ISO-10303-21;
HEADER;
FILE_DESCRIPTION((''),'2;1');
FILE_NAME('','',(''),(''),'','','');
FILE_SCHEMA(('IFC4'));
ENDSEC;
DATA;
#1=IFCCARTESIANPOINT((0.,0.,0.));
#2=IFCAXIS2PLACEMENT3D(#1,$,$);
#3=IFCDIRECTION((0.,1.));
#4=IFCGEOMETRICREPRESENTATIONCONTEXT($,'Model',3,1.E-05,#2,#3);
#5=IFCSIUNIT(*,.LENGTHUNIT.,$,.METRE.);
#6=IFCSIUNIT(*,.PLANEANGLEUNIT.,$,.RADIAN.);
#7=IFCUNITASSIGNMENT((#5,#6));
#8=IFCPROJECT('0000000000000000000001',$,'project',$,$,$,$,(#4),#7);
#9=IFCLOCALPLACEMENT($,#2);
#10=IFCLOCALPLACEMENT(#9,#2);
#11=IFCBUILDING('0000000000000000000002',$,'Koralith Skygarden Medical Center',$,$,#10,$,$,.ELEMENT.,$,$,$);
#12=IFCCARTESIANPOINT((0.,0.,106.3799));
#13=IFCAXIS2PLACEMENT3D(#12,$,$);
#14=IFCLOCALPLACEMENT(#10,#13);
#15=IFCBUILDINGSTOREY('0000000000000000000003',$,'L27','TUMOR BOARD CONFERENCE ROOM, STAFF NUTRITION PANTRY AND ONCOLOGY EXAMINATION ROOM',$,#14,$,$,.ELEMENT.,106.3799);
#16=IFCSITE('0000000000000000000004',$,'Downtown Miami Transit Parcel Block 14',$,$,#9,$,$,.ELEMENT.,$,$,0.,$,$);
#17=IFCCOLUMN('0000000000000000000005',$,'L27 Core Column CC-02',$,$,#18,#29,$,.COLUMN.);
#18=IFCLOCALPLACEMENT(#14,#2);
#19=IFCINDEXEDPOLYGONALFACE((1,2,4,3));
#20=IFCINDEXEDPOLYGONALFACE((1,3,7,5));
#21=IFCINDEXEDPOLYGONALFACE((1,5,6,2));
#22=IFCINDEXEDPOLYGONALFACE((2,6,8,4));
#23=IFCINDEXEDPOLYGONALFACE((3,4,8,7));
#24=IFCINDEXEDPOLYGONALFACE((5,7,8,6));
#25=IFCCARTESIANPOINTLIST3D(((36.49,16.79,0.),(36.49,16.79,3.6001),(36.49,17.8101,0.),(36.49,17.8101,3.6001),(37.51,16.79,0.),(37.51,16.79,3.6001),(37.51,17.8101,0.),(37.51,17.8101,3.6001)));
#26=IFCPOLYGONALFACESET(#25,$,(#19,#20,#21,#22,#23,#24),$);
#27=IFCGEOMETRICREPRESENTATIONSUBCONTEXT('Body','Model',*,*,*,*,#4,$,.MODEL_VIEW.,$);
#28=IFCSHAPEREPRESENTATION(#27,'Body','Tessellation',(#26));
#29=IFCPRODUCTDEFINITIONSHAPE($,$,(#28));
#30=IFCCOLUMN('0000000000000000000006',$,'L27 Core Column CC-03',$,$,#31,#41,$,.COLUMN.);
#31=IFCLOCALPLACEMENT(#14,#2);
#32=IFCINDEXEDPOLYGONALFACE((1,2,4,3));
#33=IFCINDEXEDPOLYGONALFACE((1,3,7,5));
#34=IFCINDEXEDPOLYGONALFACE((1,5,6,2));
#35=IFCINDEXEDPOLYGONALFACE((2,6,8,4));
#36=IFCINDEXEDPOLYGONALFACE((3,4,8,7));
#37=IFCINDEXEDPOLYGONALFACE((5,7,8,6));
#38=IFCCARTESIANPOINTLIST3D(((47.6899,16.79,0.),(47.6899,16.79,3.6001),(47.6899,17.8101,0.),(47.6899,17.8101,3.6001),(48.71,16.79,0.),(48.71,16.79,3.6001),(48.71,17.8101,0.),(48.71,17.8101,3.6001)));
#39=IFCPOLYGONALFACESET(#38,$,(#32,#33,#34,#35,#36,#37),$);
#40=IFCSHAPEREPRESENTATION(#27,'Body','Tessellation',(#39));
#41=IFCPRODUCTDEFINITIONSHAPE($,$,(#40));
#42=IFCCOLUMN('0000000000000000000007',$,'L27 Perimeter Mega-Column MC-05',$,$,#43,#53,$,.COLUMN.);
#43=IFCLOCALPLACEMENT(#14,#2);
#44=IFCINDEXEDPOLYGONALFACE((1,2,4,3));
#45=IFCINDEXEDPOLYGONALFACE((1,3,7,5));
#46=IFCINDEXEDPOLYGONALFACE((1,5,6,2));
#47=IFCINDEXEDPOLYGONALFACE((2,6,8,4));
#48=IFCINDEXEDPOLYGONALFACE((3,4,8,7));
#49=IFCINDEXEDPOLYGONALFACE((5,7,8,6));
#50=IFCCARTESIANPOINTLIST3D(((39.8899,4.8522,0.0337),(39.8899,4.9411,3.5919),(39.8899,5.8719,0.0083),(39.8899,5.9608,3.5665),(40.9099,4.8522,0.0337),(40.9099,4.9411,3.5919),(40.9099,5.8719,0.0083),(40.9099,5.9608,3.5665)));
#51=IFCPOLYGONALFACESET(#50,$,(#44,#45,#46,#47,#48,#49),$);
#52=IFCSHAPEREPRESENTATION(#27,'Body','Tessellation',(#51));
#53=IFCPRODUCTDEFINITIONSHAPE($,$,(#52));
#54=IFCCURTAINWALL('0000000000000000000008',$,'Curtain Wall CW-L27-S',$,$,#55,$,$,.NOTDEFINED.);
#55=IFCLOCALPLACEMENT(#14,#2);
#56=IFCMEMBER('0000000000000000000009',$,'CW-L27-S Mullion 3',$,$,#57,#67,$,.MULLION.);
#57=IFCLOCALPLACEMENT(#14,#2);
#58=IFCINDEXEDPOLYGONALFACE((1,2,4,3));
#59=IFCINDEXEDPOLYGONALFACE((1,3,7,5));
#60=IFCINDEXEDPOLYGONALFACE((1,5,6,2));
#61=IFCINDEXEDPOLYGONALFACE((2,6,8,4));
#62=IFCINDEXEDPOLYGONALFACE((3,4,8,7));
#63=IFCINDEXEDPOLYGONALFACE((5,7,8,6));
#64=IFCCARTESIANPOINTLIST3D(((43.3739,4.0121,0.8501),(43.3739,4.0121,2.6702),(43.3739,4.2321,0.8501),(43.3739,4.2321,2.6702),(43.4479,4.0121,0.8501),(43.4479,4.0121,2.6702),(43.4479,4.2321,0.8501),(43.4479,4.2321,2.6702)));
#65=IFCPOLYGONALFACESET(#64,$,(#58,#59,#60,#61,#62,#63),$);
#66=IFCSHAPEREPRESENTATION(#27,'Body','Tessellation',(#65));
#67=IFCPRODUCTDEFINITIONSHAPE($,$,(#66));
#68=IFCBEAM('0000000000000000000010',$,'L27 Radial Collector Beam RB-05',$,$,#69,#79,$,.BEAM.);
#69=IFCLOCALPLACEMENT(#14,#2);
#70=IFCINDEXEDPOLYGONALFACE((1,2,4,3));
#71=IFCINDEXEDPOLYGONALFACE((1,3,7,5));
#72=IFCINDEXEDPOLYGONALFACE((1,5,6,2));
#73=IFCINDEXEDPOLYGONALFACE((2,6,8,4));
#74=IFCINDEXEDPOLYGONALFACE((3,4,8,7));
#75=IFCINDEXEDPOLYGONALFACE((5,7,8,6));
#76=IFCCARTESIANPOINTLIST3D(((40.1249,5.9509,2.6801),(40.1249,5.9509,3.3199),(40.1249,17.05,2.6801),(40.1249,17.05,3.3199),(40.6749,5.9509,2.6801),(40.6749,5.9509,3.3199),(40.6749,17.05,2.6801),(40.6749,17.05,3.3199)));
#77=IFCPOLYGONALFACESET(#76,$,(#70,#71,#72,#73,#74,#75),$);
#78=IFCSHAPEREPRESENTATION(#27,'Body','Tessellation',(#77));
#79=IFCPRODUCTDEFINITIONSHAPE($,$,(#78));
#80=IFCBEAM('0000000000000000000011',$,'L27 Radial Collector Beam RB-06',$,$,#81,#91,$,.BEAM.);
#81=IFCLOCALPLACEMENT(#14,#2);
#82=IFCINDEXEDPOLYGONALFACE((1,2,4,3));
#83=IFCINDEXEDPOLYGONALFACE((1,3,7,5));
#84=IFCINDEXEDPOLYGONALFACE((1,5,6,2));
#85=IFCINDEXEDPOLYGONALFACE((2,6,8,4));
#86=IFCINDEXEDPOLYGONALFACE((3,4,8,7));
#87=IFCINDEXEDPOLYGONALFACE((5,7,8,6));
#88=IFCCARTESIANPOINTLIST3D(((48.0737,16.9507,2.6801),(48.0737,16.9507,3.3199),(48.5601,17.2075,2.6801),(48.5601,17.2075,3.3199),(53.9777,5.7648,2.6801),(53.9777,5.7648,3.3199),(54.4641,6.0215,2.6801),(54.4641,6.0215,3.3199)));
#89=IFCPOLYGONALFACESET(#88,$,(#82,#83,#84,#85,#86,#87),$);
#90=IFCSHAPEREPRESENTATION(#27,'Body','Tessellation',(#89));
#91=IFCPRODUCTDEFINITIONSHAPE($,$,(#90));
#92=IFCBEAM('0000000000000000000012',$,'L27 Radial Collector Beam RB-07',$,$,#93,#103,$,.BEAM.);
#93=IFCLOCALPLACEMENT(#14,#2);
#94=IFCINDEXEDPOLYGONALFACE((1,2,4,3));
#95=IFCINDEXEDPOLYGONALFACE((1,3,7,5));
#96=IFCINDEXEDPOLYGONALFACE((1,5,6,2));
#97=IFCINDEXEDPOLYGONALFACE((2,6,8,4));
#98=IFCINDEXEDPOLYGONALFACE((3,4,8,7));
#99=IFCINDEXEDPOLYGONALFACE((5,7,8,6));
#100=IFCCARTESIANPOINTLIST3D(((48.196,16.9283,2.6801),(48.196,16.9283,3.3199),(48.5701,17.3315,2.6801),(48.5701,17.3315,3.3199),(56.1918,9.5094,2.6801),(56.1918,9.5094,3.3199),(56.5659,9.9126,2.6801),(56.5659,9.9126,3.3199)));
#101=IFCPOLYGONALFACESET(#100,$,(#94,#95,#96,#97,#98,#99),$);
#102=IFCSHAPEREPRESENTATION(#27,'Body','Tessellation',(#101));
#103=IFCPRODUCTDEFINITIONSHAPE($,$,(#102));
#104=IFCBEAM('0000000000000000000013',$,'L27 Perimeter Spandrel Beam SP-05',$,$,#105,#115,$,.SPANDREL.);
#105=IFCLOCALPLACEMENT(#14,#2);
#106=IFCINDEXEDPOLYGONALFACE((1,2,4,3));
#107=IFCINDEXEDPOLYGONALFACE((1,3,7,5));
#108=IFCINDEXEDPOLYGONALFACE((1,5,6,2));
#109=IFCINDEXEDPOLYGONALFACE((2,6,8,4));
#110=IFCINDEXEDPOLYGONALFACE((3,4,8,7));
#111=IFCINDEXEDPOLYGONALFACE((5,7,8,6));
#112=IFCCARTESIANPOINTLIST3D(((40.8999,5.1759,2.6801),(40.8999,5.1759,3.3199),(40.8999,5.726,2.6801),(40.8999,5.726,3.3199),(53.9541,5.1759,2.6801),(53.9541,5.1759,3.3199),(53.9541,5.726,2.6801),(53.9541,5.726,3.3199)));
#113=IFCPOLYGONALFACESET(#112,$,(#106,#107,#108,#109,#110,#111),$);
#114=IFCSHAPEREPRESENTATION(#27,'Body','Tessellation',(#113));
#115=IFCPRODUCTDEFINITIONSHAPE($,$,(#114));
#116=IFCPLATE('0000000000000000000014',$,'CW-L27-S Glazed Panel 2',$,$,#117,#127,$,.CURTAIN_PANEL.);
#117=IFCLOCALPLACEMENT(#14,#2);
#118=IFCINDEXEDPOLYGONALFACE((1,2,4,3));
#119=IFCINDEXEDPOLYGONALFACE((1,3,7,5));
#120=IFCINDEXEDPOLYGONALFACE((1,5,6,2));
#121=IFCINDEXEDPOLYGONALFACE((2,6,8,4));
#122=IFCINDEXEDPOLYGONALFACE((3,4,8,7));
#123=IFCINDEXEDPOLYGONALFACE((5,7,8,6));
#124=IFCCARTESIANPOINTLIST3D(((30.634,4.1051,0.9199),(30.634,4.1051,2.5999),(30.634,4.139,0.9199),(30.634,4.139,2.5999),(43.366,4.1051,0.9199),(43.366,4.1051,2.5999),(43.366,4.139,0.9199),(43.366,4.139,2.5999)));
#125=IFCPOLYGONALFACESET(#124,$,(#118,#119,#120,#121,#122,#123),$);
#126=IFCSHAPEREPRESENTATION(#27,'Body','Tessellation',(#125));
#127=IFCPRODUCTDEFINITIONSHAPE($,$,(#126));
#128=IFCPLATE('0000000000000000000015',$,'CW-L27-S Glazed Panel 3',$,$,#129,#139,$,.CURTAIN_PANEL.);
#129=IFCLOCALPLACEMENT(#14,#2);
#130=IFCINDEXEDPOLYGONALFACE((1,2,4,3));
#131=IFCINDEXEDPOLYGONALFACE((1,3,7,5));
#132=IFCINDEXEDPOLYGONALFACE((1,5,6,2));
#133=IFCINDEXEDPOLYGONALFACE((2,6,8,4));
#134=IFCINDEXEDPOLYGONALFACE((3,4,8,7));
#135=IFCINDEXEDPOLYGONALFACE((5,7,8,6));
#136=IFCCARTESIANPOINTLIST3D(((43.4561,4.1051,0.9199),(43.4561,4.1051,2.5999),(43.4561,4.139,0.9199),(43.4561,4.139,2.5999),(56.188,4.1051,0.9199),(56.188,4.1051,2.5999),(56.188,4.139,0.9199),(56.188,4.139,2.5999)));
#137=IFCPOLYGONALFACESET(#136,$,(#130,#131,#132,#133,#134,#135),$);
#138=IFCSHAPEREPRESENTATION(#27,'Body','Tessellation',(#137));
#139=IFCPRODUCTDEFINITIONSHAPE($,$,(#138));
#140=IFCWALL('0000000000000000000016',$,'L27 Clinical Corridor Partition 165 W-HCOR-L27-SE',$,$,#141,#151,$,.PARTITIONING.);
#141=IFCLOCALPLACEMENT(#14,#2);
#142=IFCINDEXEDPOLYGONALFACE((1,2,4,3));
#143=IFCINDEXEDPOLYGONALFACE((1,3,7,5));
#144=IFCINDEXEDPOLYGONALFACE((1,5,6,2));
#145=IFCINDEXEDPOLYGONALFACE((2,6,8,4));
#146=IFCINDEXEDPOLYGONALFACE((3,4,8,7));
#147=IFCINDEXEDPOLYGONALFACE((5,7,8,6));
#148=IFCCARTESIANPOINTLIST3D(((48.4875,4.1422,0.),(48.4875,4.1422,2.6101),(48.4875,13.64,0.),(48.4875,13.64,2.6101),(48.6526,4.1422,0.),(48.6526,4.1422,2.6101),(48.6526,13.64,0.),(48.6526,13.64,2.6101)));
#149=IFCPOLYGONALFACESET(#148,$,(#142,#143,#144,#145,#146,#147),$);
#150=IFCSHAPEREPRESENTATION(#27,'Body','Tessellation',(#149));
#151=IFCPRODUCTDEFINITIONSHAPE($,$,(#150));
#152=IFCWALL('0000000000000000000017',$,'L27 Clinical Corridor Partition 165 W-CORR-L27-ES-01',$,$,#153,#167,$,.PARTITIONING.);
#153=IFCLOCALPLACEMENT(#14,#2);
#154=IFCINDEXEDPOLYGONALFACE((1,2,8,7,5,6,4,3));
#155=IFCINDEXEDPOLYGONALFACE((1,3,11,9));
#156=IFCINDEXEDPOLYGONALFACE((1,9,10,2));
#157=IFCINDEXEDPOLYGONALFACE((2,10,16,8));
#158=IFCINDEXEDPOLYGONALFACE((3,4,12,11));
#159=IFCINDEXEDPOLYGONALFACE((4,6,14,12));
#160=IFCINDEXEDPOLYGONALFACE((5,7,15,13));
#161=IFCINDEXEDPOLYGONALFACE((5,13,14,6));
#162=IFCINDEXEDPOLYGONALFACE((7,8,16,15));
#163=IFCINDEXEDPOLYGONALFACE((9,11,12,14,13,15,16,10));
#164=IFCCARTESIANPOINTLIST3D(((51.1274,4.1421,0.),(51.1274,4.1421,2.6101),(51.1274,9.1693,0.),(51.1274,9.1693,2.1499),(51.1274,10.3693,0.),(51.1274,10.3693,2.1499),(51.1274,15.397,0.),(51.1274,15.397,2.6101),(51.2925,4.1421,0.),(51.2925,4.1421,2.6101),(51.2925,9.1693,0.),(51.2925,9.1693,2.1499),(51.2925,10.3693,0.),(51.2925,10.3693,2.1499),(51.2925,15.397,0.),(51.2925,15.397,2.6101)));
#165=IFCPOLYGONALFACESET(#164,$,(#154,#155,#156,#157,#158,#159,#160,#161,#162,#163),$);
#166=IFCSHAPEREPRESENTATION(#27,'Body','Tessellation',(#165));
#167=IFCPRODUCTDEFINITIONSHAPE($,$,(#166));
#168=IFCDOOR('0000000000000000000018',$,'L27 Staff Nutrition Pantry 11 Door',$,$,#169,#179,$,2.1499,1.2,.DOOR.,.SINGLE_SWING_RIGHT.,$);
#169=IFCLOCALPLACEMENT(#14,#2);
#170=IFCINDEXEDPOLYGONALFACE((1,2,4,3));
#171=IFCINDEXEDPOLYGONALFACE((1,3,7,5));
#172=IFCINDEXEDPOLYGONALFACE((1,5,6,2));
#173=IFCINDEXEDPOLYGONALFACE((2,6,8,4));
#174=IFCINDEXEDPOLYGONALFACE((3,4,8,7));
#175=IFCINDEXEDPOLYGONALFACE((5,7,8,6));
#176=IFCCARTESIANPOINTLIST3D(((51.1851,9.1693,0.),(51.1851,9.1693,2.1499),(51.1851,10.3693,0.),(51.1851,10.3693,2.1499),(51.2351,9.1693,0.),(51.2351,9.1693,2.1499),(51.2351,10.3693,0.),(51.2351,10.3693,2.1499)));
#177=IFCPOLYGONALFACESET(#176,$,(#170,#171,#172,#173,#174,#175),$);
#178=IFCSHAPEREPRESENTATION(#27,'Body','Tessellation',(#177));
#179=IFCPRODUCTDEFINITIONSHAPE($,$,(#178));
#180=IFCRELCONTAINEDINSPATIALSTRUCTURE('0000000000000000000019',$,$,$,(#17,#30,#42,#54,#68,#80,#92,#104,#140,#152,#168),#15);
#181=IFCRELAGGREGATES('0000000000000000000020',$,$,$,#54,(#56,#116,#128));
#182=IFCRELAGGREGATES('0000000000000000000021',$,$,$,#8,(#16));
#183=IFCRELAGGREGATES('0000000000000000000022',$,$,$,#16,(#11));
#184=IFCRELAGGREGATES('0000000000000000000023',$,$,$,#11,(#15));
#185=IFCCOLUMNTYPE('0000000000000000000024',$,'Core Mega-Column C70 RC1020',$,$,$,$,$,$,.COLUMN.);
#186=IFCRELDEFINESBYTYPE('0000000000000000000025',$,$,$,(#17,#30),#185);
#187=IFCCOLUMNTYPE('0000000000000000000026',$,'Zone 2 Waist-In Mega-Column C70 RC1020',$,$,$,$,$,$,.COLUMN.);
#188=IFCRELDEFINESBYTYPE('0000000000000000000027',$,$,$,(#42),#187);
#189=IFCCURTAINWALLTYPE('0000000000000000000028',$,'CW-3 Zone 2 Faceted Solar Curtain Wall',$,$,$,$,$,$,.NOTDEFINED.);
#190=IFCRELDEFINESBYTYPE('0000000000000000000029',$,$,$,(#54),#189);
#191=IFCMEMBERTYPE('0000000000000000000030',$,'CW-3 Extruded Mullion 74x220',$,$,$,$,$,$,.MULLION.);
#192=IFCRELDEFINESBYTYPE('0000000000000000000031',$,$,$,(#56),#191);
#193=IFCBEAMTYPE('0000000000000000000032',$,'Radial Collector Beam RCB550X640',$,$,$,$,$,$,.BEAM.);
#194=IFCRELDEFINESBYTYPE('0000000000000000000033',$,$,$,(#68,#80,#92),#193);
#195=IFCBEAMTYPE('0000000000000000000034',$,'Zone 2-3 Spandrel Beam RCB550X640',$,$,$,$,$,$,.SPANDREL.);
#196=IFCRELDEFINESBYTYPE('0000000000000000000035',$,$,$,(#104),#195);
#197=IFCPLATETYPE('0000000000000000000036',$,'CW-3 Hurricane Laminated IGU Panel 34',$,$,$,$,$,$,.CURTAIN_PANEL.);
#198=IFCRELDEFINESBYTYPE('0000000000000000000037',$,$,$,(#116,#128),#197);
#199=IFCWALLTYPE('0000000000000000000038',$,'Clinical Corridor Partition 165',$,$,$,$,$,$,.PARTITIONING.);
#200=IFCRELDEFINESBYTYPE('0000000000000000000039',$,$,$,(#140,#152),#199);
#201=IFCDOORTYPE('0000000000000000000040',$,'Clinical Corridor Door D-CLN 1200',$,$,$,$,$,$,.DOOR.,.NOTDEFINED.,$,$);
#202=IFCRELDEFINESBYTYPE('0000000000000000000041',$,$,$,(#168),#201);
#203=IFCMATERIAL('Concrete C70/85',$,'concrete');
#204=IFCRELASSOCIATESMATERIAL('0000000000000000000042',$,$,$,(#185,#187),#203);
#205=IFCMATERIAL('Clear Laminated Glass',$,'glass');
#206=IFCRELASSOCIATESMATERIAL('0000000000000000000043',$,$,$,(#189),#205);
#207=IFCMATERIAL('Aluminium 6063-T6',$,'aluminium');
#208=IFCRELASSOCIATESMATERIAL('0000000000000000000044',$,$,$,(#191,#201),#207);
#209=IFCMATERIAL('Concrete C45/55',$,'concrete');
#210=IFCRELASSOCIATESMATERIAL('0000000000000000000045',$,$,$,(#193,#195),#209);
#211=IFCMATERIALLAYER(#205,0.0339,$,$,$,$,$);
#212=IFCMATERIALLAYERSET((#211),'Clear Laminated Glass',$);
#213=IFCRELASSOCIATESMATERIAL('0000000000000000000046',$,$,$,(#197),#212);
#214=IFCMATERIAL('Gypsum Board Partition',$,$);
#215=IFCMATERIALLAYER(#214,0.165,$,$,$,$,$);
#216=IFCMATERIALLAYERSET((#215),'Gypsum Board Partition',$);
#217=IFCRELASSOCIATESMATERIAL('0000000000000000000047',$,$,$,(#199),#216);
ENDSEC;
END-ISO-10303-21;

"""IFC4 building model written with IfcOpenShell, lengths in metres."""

from ifc_helpers import new_model, si_unit, direction, frame, frame_2d, origin, origin_2d, place, context, subcontext, project, spatial, rectangle, extrude, material, layer, layer_set, material_profile, profile_set, type_object, element, fill, aggregate, save


model = new_model("IFC4")

# Units and contexts
model_context = context("Model", 3, precision=1e-05, world=origin(), true_north=direction((0.0, 1.0)))
body_context = subcontext(model_context, "Body", "Model", "MODEL_VIEW")
ifc_project = project(units=[si_unit("LENGTHUNIT", "METRE"), si_unit("PLANEANGLEUNIT", "RADIAN")], contexts=[model_context])

# Site, building, storey
site_placement = place(None, origin())
site = spatial("IfcSite", under=ifc_project, at=site_placement, Name="Downtown Miami Transit Parcel Block 14", CompositionType="ELEMENT", RefElevation=0.0)
building_placement = place(site_placement, origin())
building = spatial("IfcBuilding", under=site, at=building_placement, Name="Koralith Skygarden Medical Center", CompositionType="ELEMENT")
storey_placement = place(building_placement, frame((0.0, 0.0, 106.3799)))
storey = spatial("IfcBuildingStorey", under=building, at=storey_placement, Name="L27", Description="TUMOR BOARD CONFERENCE ROOM, STAFF NUTRITION PANTRY AND ONCOLOGY EXAMINATION ROOM", CompositionType="ELEMENT", Elevation=106.3799)

# Columns
ifc_material_1 = material(Name="Concrete C70/85", Category="concrete")
ifc_material_profile_1 = material_profile(ifc_material_1, rectangle(XDim=1.02, YDim=1.02, at=origin_2d()), Name="RC1020X1020")
ifc_profile_set_1 = profile_set([ifc_material_profile_1], Name="Concrete C70/85")
column_type_1 = type_object("IfcColumnType", Name="Core Mega-Column C70 RC1020", PredefinedType="COLUMN", material=ifc_profile_set_1)
for number, where, z_axis, x_axis, name in (
    (1, (37.0, 17.3, 0.0), (0.0, 0.0, 1.0), (1.0, 0.0, 0.0), "L27 Core Column CC-02"),
    (2, (48.2, 17.3, 0.0), (0.0, 0.0, 1.0), (1.0, 0.0, 0.0), "L27 Core Column CC-03"),
):
    element("IfcColumn", number, at=place(storey_placement, frame(where, z_axis=z_axis, x_axis=x_axis)), inside=storey, type_object=column_type_1, Name=name, PredefinedType="COLUMN", context=body_context, shape_type="SweptSolid", body=[
        extrude(rectangle(XDim=1.02, YDim=1.02, at=origin_2d()), origin(), (0.0, 0.0, 1.0), 3.6001),
    ])
ifc_material_profile_2 = material_profile(ifc_material_1, rectangle(XDim=1.02, YDim=1.02, at=origin_2d()), Name="RC1020X1020")
ifc_profile_set_2 = profile_set([ifc_material_profile_2], Name="Concrete C70/85")
column_type_2 = type_object("IfcColumnType", Name="Zone 2 Waist-In Mega-Column C70 RC1020", PredefinedType="COLUMN", material=ifc_profile_set_2)
column_placement = place(storey_placement, frame((40.3999, 5.3621, 0.021), z_axis=(0.0, 0.024968, 0.999688), x_axis=(-1.0, 0.0, 0.0)))
element("IfcColumn", 3, at=column_placement, inside=storey, type_object=column_type_2, Name="L27 Perimeter Mega-Column MC-05", PredefinedType="COLUMN", context=body_context, shape_type="SweptSolid", body=[
    extrude(rectangle(XDim=1.02, YDim=1.02, at=origin_2d()), origin(), (0.0, 0.0, 1.0), 3.5593),
])

# Curtain wall, member
ifc_material_2 = material(Name="Clear Laminated Glass", Category="glass")
curtain_wall_type = type_object("IfcCurtainWallType", Name="CW-3 Zone 2 Faceted Solar Curtain Wall", PredefinedType="NOTDEFINED", material=ifc_material_2)
curtain_wall_placement = place(storey_placement, origin())
curtain_wall = element("IfcCurtainWall", 4, at=curtain_wall_placement, inside=storey, type_object=curtain_wall_type, Name="Curtain Wall CW-L27-S", PredefinedType="NOTDEFINED")
ifc_material_3 = material(Name="Aluminium 6063-T6", Category="aluminium")
ifc_material_profile_3 = material_profile(ifc_material_3, rectangle(XDim=0.074, YDim=0.22, at=origin_2d()), Name="MUL74X220")
ifc_profile_set_3 = profile_set([ifc_material_profile_3], Name="Aluminium 6063-T6")
member_type = type_object("IfcMemberType", Name="CW-3 Extruded Mullion 74x220", PredefinedType="MULLION", material=ifc_profile_set_3)
member_placement = place(storey_placement, frame((43.4109, 4.1221, 0.8501), z_axis=(0.0, 0.0, 1.0), x_axis=(1.0, 0.0, 0.0)))
member = element("IfcMember", 5, at=member_placement, type_object=member_type, Name="CW-L27-S Mullion 3", PredefinedType="MULLION", context=body_context, shape_type="SweptSolid", body=[
    extrude(rectangle(XDim=0.074, YDim=0.22, at=origin_2d()), origin(), (0.0, 0.0, 1.0), 1.8201),
])

# Beams
ifc_material_4 = material(Name="Concrete C45/55", Category="concrete")
ifc_material_profile_4 = material_profile(ifc_material_4, rectangle(XDim=0.55, YDim=0.6399, at=origin_2d()), Name="RCB550X640")
ifc_profile_set_4 = profile_set([ifc_material_profile_4], Name="Concrete C45/55")
beam_type_1 = type_object("IfcBeamType", Name="Radial Collector Beam RCB550X640", PredefinedType="BEAM", material=ifc_profile_set_4)
beam_1_placement = place(storey_placement, frame((40.3999, 17.05, 3.0), z_axis=(0.0, -1.0, 0.0), x_axis=(1.0, 0.0, 0.0)))
element("IfcBeam", 6, at=beam_1_placement, inside=storey, type_object=beam_type_1, Name="L27 Radial Collector Beam RB-05", PredefinedType="BEAM", context=body_context, shape_type="SweptSolid", body=[
    extrude(rectangle(XDim=0.55, YDim=0.6399, at=origin_2d()), origin(), (0.0, 0.0, 1.0), 11.0991),
])
beam_2_placement = place(storey_placement, frame((48.3169, 17.0791, 3.0), z_axis=(0.466778, -0.884375, 0.0), x_axis=(0.884375, 0.466778, 0.0)))
element("IfcBeam", 7, at=beam_2_placement, inside=storey, type_object=beam_type_1, Name="L27 Radial Collector Beam RB-06", PredefinedType="BEAM", context=body_context, shape_type="SweptSolid", body=[
    extrude(rectangle(XDim=0.55, YDim=0.6399, at=origin_2d()), origin(), (0.0, 0.0, 1.0), 12.6484),
])
beam_3_placement = place(storey_placement, frame((48.3831, 17.1299, 3.0), z_axis=(0.733057, -0.680167, 0.0), x_axis=(0.680167, 0.733057, 0.0)))
element("IfcBeam", 8, at=beam_3_placement, inside=storey, type_object=beam_type_1, Name="L27 Radial Collector Beam RB-07", PredefinedType="BEAM", context=body_context, shape_type="SweptSolid", body=[
    extrude(rectangle(XDim=0.55, YDim=0.6399, at=origin_2d()), origin(), (0.0, 0.0, 1.0), 10.9075),
])
ifc_material_profile_5 = material_profile(ifc_material_4, rectangle(XDim=0.55, YDim=0.6399, at=origin_2d()), Name="RCB550X640")
ifc_profile_set_5 = profile_set([ifc_material_profile_5], Name="Concrete C45/55")
beam_type_2 = type_object("IfcBeamType", Name="Zone 2-3 Spandrel Beam RCB550X640", PredefinedType="SPANDREL", material=ifc_profile_set_5)
beam_4_placement = place(storey_placement, frame((40.8999, 5.4509, 3.0), z_axis=(1.0, 0.0, 0.0), x_axis=(0.0, 1.0, 0.0)))
element("IfcBeam", 9, at=beam_4_placement, inside=storey, type_object=beam_type_2, Name="L27 Perimeter Spandrel Beam SP-05", PredefinedType="SPANDREL", context=body_context, shape_type="SweptSolid", body=[
    extrude(rectangle(XDim=0.55, YDim=0.6399, at=origin_2d()), origin(), (0.0, 0.0, 1.0), 13.0542),
])

# Plates
ifc_layer_1 = layer(ifc_material_2, 0.0339)
ifc_layer_set_1 = layer_set([ifc_layer_1], Name="Clear Laminated Glass")
plate_type = type_object("IfcPlateType", Name="CW-3 Hurricane Laminated IGU Panel 34", PredefinedType="CURTAIN_PANEL", material=ifc_layer_set_1)
plate_1_placement = place(storey_placement, frame((37.0, 4.1221, 0.9199), z_axis=(0.0, 0.0, 1.0), x_axis=(1.0, 0.0, 0.0)))
plate_1 = element("IfcPlate", 10, at=plate_1_placement, type_object=plate_type, Name="CW-L27-S Glazed Panel 2", PredefinedType="CURTAIN_PANEL", context=body_context, shape_type="SweptSolid", body=[
    extrude(rectangle(XDim=12.7319, YDim=0.0339, at=origin_2d()), origin(), (0.0, 0.0, 1.0), 1.6799),
])
plate_2_placement = place(storey_placement, frame((49.822, 4.1221, 0.9199), z_axis=(0.0, 0.0, 1.0), x_axis=(1.0, 0.0, 0.0)))
plate_2 = element("IfcPlate", 11, at=plate_2_placement, type_object=plate_type, Name="CW-L27-S Glazed Panel 3", PredefinedType="CURTAIN_PANEL", context=body_context, shape_type="SweptSolid", body=[
    extrude(rectangle(XDim=12.7319, YDim=0.0339, at=origin_2d()), origin(), (0.0, 0.0, 1.0), 1.6799),
])
aggregate(curtain_wall, [member, plate_1, plate_2])

# Wall
ifc_material_5 = material(Name="Gypsum Board Partition")
ifc_layer_2 = layer(ifc_material_5, 0.165)
ifc_layer_set_2 = layer_set([ifc_layer_2], Name="Gypsum Board Partition")
wall_type_1 = type_object("IfcWallType", Name="Clinical Corridor Partition 165", PredefinedType="PARTITIONING", material=ifc_layer_set_2)
wall_1_placement = place(storey_placement, frame((48.5701, 4.1421, 0.0), z_axis=(0.0, 0.0, 1.0), x_axis=(0.0, 1.0, 0.0)))
element("IfcWall", 12, at=wall_1_placement, inside=storey, type_object=wall_type_1, Name="L27 Clinical Corridor Partition 165 W-HCOR-L27-SE", PredefinedType="PARTITIONING", context=body_context, shape_type="SweptSolid", body=[
    extrude(rectangle(XDim=9.4978, YDim=0.165, at=frame_2d((4.749, 0.0))), origin(), (0.0, 0.0, 1.0), 2.6101),
])

# Wall, opening, door
wall_2_placement = place(storey_placement, frame((51.21, 4.1421, 0.0), z_axis=(0.0, 0.0, 1.0), x_axis=(0.0, 1.0, 0.0)))
wall_2 = element("IfcWall", 13, at=wall_2_placement, inside=storey, type_object=wall_type_1, Name="L27 Clinical Corridor Partition 165 W-CORR-L27-ES-01", PredefinedType="PARTITIONING", context=body_context, shape_type="SweptSolid", body=[
    extrude(rectangle(XDim=11.2549, YDim=0.165, at=frame_2d((5.6274, 0.0))), origin(), (0.0, 0.0, 1.0), 2.6101),
])
opening_1_placement = place(wall_2_placement, frame((5.0271, 0.0, 0.0)))
opening_1 = element("IfcOpeningElement", 14, at=opening_1_placement, cuts=wall_2, PredefinedType="OPENING", context=body_context, shape_type="SweptSolid", body=[
    extrude(rectangle(XDim=1.2, YDim=2.1499, at=frame_2d((0.6001, 1.075))), frame((0.0, 0.0925, 0.0), z_axis=(0.0, -1.0, 0.0), x_axis=(1.0, 0.0, 0.0)), (0.0, 0.0, 1.0), 0.1851),
])
door_type_1 = type_object("IfcDoorType", Name="Clinical Corridor Door D-CLN 1200", OperationType="NOTDEFINED", PredefinedType="DOOR", material=ifc_material_3)
door_1_placement = place(opening_1_placement, origin())
door_1 = element("IfcDoor", 15, at=door_1_placement, inside=storey, type_object=door_type_1, Name="L27 Staff Nutrition Pantry 11 Door", OperationType="SINGLE_SWING_RIGHT", OverallHeight=2.1499, OverallWidth=1.2, PredefinedType="DOOR", context=body_context, shape_type="SweptSolid", body=[
    extrude(rectangle(XDim=1.2, YDim=2.1499, at=frame_2d((0.6001, 1.075))), frame((0.0, 0.0249, 0.0), z_axis=(0.0, -1.0, 0.0), x_axis=(1.0, 0.0, 0.0)), (0.0, 0.0, 1.0), 0.05),
])
fill(opening_1, door_1)

save(model, "model.ifc")
